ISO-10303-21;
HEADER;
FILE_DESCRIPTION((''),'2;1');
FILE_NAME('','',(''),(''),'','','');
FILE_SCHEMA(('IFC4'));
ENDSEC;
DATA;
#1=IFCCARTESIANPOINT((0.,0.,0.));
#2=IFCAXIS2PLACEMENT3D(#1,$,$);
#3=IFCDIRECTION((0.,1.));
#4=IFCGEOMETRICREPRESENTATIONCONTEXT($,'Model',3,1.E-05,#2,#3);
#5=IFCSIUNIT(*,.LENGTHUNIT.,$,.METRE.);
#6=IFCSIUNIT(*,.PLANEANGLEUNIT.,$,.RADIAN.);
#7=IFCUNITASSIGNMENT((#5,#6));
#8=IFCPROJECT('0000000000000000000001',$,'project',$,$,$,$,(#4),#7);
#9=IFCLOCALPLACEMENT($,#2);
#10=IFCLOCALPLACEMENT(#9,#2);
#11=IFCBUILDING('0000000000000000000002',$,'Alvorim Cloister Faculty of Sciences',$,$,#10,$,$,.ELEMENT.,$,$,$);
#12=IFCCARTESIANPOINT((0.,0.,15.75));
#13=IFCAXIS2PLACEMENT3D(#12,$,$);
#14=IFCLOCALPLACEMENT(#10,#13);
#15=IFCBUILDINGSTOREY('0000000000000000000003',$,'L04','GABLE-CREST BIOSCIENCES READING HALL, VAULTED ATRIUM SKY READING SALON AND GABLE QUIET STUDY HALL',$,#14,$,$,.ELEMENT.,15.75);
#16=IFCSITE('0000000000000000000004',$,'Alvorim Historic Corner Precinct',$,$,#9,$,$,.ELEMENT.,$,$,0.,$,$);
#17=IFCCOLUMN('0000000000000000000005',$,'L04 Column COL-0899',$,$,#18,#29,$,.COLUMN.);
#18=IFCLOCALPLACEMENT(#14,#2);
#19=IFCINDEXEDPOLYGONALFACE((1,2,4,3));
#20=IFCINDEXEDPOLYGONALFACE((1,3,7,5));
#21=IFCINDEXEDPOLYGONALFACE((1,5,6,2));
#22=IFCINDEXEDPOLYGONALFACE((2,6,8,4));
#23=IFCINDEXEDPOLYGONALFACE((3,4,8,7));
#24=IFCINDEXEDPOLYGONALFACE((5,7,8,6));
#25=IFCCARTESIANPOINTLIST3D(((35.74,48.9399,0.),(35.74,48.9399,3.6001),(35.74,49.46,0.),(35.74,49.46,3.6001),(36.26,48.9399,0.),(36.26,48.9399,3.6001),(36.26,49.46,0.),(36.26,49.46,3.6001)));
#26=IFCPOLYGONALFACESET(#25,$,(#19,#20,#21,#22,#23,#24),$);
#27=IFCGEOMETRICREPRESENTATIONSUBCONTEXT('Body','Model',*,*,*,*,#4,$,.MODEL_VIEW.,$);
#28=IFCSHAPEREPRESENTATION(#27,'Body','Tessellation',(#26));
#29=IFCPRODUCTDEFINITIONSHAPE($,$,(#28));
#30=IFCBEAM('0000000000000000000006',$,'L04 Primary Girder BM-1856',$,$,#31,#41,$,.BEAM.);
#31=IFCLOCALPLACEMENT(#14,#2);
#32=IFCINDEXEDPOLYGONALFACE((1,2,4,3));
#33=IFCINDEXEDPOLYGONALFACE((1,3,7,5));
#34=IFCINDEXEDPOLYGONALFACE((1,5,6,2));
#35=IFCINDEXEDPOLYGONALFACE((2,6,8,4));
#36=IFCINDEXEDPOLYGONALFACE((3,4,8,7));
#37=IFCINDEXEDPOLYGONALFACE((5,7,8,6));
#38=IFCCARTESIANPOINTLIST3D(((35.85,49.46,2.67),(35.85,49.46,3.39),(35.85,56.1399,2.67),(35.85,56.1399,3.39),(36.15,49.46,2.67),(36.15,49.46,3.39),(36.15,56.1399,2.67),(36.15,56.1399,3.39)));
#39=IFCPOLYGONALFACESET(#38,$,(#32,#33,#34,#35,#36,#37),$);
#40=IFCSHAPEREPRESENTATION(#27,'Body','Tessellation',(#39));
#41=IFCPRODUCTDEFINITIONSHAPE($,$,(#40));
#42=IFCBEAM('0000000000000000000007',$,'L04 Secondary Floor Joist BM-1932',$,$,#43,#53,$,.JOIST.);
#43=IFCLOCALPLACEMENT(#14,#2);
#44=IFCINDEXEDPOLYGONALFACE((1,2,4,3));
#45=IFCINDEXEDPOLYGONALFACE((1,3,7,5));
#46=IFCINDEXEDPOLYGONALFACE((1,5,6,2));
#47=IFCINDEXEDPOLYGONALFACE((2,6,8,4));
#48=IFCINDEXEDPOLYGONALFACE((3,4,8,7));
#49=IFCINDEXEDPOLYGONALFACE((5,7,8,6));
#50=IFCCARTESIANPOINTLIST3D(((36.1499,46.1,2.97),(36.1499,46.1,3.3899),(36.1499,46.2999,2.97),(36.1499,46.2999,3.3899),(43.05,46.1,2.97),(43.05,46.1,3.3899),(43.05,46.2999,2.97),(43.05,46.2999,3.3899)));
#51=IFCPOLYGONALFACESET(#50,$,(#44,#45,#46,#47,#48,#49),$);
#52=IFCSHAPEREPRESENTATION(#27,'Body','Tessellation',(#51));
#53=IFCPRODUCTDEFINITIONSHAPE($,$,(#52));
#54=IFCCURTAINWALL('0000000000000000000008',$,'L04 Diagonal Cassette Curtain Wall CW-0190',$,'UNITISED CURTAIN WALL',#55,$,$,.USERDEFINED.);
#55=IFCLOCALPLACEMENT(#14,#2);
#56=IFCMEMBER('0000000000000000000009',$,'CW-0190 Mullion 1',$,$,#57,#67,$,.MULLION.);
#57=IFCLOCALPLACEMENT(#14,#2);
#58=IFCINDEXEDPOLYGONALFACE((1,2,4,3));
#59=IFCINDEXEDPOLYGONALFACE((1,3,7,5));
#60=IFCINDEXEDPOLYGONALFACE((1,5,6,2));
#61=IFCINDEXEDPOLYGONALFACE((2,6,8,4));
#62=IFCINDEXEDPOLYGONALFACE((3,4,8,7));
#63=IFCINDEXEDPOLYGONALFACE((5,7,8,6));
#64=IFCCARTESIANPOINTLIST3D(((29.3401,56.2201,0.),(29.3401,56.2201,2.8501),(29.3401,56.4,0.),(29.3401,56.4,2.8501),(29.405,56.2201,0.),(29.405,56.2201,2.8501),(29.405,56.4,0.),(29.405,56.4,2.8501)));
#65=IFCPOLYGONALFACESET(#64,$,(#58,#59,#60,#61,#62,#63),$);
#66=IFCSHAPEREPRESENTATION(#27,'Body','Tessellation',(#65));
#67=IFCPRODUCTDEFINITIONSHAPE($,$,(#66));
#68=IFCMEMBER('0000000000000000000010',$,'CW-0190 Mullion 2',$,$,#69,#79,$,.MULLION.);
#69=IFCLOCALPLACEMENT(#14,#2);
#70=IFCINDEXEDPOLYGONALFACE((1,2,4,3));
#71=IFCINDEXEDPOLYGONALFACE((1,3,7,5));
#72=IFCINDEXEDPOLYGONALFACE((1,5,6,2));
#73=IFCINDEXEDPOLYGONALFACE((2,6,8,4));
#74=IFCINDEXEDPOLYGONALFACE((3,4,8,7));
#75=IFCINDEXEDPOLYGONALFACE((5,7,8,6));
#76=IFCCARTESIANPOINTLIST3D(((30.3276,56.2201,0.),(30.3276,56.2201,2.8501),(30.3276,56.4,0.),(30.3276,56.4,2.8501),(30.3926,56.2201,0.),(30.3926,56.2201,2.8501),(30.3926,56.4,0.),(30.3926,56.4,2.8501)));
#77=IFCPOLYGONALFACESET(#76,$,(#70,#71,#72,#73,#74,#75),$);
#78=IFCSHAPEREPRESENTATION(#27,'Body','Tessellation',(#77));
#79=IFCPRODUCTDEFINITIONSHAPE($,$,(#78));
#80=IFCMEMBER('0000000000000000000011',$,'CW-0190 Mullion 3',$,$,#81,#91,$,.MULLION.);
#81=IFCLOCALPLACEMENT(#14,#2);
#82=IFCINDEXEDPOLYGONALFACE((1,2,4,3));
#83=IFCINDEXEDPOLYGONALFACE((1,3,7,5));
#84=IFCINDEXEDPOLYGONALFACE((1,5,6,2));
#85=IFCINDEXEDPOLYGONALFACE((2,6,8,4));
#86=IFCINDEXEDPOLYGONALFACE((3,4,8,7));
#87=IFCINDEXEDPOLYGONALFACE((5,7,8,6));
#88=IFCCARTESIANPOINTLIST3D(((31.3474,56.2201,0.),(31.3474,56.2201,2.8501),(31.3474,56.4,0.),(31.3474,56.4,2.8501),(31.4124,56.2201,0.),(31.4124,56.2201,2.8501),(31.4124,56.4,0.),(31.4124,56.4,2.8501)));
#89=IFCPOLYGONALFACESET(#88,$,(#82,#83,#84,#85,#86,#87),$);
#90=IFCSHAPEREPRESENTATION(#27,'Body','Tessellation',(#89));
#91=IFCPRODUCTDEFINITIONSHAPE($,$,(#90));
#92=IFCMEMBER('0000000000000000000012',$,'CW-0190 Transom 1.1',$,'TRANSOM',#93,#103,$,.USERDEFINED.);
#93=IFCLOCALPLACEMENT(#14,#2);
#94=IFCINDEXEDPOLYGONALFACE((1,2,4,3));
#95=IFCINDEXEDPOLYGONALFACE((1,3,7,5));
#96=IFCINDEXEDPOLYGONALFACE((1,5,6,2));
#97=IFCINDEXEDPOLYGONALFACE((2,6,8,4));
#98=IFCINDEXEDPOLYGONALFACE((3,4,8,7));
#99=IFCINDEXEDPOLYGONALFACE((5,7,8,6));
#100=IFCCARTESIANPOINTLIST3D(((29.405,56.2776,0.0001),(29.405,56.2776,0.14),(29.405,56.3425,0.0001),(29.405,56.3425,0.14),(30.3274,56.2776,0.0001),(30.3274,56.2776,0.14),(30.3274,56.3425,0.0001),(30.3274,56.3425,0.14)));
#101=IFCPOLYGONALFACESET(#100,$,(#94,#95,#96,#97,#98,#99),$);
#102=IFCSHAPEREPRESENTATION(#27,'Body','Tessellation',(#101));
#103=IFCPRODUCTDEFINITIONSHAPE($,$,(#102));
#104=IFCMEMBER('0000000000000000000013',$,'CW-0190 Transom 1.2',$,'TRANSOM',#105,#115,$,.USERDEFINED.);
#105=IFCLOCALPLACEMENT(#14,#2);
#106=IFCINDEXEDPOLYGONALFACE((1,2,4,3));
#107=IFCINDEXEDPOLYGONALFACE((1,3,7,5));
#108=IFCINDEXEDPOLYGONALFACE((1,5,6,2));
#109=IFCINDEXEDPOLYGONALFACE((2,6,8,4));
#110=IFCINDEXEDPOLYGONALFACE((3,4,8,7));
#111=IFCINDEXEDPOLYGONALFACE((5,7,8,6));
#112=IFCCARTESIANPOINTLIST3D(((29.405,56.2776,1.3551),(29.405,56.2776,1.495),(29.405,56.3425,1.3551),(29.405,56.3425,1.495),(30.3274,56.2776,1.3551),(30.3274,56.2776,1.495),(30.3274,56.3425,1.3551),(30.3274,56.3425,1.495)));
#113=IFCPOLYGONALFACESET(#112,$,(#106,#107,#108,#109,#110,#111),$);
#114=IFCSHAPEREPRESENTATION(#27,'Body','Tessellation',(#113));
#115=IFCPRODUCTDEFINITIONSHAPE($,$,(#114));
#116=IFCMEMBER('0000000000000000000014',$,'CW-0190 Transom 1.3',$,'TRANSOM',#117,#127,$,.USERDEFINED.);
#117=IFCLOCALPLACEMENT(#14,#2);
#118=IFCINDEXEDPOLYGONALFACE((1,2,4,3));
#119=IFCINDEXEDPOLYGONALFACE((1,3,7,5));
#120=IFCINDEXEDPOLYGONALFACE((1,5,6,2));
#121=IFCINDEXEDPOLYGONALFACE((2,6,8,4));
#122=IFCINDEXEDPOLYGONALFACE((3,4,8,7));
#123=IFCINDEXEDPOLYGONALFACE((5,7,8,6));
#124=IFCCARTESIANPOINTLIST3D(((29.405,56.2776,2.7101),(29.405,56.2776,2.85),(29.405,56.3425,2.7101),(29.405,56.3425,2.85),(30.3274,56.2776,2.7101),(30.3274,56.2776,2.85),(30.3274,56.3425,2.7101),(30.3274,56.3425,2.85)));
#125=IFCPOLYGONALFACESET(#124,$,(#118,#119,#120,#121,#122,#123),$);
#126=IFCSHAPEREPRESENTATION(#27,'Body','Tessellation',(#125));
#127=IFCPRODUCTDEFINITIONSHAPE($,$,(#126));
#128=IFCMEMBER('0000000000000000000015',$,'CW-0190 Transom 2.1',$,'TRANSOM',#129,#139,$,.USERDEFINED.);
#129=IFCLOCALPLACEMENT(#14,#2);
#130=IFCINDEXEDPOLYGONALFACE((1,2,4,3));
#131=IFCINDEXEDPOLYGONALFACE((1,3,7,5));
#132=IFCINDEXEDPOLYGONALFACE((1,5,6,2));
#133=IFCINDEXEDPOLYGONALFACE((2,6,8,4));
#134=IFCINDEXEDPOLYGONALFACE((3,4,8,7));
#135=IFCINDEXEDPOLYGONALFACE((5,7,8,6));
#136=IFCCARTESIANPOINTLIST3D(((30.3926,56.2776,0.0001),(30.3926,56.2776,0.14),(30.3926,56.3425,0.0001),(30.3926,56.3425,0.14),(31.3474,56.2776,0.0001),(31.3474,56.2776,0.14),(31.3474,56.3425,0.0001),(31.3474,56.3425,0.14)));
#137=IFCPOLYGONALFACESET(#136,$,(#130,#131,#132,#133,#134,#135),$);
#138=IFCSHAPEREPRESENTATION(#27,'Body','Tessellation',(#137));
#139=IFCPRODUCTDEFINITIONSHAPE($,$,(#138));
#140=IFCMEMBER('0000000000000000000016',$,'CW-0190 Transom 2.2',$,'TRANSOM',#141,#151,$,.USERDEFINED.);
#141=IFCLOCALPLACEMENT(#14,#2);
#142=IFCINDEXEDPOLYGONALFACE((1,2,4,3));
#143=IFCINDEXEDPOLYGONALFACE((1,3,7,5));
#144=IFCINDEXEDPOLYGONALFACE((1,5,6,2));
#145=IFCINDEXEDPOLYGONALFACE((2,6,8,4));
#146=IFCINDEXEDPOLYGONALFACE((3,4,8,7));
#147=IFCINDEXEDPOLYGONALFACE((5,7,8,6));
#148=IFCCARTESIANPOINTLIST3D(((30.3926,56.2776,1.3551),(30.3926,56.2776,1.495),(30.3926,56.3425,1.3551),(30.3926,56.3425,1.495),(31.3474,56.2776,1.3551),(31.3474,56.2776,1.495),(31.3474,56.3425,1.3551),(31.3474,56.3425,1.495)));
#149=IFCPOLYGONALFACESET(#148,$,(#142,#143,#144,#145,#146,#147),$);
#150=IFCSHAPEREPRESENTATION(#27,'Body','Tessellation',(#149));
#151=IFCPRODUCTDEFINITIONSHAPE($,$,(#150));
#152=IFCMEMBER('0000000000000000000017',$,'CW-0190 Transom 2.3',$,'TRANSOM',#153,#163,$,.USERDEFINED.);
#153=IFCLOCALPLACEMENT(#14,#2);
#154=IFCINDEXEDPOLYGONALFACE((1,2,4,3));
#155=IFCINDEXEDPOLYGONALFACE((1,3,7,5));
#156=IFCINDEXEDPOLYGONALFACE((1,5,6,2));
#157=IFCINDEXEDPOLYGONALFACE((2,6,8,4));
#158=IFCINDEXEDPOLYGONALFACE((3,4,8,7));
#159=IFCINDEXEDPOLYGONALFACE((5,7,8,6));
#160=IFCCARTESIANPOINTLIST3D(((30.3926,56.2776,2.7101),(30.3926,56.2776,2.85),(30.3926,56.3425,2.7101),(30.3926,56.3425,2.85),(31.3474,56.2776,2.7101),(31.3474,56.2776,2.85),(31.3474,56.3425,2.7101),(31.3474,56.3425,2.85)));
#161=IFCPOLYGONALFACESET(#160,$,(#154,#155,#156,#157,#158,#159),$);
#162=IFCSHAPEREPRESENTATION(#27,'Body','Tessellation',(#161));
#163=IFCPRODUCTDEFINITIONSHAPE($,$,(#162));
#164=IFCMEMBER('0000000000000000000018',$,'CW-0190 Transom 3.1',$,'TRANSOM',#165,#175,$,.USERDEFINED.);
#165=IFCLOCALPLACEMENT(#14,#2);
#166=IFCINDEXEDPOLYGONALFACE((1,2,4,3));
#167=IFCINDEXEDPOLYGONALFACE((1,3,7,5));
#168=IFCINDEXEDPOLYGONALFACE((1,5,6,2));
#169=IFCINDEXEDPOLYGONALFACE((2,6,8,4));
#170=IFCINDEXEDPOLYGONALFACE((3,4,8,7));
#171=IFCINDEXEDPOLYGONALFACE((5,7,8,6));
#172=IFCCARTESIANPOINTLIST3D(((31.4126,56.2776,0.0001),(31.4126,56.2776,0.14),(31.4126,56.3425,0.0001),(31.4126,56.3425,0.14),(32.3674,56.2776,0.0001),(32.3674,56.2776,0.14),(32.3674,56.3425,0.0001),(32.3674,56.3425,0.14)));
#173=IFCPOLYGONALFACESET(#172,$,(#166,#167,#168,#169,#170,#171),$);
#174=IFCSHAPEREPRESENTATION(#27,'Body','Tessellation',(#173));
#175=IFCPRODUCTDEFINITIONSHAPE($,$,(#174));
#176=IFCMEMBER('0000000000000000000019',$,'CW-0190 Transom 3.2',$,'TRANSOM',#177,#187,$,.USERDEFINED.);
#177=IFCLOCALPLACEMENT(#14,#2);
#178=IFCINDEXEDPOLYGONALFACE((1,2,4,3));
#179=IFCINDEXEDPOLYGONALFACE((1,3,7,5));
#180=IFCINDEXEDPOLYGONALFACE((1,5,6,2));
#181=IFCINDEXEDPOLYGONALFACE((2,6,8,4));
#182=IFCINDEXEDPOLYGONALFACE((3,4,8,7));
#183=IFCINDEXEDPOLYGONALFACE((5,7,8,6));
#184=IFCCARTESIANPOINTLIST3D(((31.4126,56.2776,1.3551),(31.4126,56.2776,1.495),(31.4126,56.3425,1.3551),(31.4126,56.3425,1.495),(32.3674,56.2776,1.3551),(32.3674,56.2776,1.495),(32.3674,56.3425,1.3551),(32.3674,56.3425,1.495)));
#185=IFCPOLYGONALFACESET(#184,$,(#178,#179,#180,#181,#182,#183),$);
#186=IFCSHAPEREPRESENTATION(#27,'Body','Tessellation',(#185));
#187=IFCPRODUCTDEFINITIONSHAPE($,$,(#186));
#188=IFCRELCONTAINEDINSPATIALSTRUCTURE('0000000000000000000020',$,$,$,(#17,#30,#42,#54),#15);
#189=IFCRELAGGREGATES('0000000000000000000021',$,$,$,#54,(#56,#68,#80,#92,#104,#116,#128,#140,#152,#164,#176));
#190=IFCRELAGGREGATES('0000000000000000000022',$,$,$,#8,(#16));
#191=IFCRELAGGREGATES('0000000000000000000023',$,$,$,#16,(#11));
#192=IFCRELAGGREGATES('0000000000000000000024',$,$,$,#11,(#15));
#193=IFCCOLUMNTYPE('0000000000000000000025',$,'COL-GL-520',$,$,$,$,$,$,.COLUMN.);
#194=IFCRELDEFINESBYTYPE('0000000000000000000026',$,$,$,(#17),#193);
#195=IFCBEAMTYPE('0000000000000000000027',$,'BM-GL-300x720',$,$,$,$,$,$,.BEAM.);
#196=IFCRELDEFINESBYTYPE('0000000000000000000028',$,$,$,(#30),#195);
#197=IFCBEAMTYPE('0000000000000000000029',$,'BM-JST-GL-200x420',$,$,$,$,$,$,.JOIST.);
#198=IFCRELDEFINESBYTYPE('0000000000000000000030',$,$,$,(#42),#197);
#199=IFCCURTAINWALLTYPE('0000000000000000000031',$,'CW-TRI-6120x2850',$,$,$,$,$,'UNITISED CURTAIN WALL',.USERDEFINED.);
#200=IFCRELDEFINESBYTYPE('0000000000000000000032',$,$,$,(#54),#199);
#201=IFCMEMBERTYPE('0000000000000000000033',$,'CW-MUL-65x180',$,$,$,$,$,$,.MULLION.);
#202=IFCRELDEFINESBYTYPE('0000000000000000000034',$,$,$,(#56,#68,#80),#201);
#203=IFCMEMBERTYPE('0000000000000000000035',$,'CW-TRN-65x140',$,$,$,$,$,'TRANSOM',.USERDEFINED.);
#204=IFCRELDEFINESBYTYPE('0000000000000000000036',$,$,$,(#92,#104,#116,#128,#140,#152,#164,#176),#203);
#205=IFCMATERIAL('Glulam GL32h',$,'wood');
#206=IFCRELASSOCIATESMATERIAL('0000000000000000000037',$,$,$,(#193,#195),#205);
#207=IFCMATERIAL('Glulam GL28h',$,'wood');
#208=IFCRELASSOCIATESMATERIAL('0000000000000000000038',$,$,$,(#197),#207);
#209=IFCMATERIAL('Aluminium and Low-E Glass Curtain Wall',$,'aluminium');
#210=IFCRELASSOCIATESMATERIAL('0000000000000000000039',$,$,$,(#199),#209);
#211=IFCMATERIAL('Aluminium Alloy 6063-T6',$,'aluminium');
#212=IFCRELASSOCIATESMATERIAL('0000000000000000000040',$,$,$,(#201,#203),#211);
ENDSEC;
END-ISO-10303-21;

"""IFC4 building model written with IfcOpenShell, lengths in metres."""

from ifc_helpers import new_model, si_unit, direction, frame, origin, origin_2d, place, context, subcontext, project, spatial, rectangle, extrude, material, material_profile, profile_set, type_object, element, aggregate, save


model = new_model("IFC4")

# Units and contexts
model_context = context("Model", 3, precision=1e-05, world=origin(), true_north=direction((0.0, 1.0)))
body_context = subcontext(model_context, "Body", "Model", "MODEL_VIEW")
ifc_project = project(units=[si_unit("LENGTHUNIT", "METRE"), si_unit("PLANEANGLEUNIT", "RADIAN")], contexts=[model_context])

# Site, building, storey
site_placement = place(None, origin())
site = spatial("IfcSite", under=ifc_project, at=site_placement, Name="Alvorim Historic Corner Precinct", CompositionType="ELEMENT", RefElevation=0.0)
building_placement = place(site_placement, origin())
building = spatial("IfcBuilding", under=site, at=building_placement, Name="Alvorim Cloister Faculty of Sciences", CompositionType="ELEMENT")
storey_placement = place(building_placement, frame((0.0, 0.0, 15.75)))
storey = spatial("IfcBuildingStorey", under=building, at=storey_placement, Name="L04", Description="GABLE-CREST BIOSCIENCES READING HALL, VAULTED ATRIUM SKY READING SALON AND GABLE QUIET STUDY HALL", CompositionType="ELEMENT", Elevation=15.75)

# Column
ifc_material_1 = material(Name="Glulam GL32h", Category="wood")
ifc_material_profile_1 = material_profile(ifc_material_1, rectangle(XDim=0.52, YDim=0.52, at=origin_2d()), Name="GL32-COL-520x520")
ifc_profile_set_1 = profile_set([ifc_material_profile_1], Name="Glulam GL32h")
column_type = type_object("IfcColumnType", Name="COL-GL-520", PredefinedType="COLUMN", material=ifc_profile_set_1)
column_placement = place(storey_placement, frame((36.0, 49.2, 0.0), z_axis=(0.0, 0.0, 1.0), x_axis=(1.0, 0.0, 0.0)))
element("IfcColumn", 1, at=column_placement, inside=storey, type_object=column_type, Name="L04 Column COL-0899", PredefinedType="COLUMN", context=body_context, shape_type="SweptSolid", body=[
    extrude(rectangle(XDim=0.52, YDim=0.52, at=origin_2d()), origin(), (0.0, 0.0, 1.0), 3.6001),
])

# Beams
ifc_material_profile_2 = material_profile(ifc_material_1, rectangle(XDim=0.3, YDim=0.72, at=origin_2d()), Name="GL32-BM-300x720")
ifc_profile_set_2 = profile_set([ifc_material_profile_2], Name="Glulam GL32h")
beam_type_1 = type_object("IfcBeamType", Name="BM-GL-300x720", PredefinedType="BEAM", material=ifc_profile_set_2)
beam_1_placement = place(storey_placement, frame((36.0, 49.46, 3.03), z_axis=(0.0, 1.0, 0.0), x_axis=(-1.0, 0.0, 0.0)))
element("IfcBeam", 2, at=beam_1_placement, inside=storey, type_object=beam_type_1, Name="L04 Primary Girder BM-1856", PredefinedType="BEAM", context=body_context, shape_type="SweptSolid", body=[
    extrude(rectangle(XDim=0.3, YDim=0.72, at=origin_2d()), origin(), (0.0, 0.0, 1.0), 6.6799),
])
ifc_material_2 = material(Name="Glulam GL28h", Category="wood")
ifc_material_profile_3 = material_profile(ifc_material_2, rectangle(XDim=0.2, YDim=0.4199, at=origin_2d()), Name="GL28-JST-200x420")
ifc_profile_set_3 = profile_set([ifc_material_profile_3], Name="Glulam GL28h")
beam_type_2 = type_object("IfcBeamType", Name="BM-JST-GL-200x420", PredefinedType="JOIST", material=ifc_profile_set_3)
beam_2_placement = place(storey_placement, frame((36.1499, 46.2, 3.1799), z_axis=(1.0, 0.0, 0.0), x_axis=(0.0, 1.0, 0.0)))
element("IfcBeam", 3, at=beam_2_placement, inside=storey, type_object=beam_type_2, Name="L04 Secondary Floor Joist BM-1932", PredefinedType="JOIST", context=body_context, shape_type="SweptSolid", body=[
    extrude(rectangle(XDim=0.2, YDim=0.4199, at=origin_2d()), origin(), (0.0, 0.0, 1.0), 6.9001),
])

# Curtain wall, members
ifc_material_3 = material(Name="Aluminium and Low-E Glass Curtain Wall", Category="aluminium")
curtain_wall_type = type_object("IfcCurtainWallType", Name="CW-TRI-6120x2850", ElementType="UNITISED CURTAIN WALL", PredefinedType="USERDEFINED", material=ifc_material_3)
curtain_wall_placement = place(storey_placement, origin())
curtain_wall = element("IfcCurtainWall", 4, at=curtain_wall_placement, inside=storey, type_object=curtain_wall_type, Name="L04 Diagonal Cassette Curtain Wall CW-0190", ObjectType="UNITISED CURTAIN WALL", PredefinedType="USERDEFINED")
ifc_material_4 = material(Name="Aluminium Alloy 6063-T6", Category="aluminium")
ifc_material_profile_4 = material_profile(ifc_material_4, rectangle(XDim=0.0649, YDim=0.1799, at=origin_2d()), Name="ALU-MUL-65x180")
ifc_profile_set_4 = profile_set([ifc_material_profile_4], Name="Aluminium Alloy 6063-T6")
member_type_1 = type_object("IfcMemberType", Name="CW-MUL-65x180", PredefinedType="MULLION", material=ifc_profile_set_4)
member_1_placement = place(storey_placement, frame((29.3726, 56.3101, 0.0), z_axis=(0.0, 0.0, 1.0), x_axis=(1.0, 0.0, 0.0)))
member_1 = element("IfcMember", 5, at=member_1_placement, type_object=member_type_1, Name="CW-0190 Mullion 1", PredefinedType="MULLION", context=body_context, shape_type="SweptSolid", body=[
    extrude(rectangle(XDim=0.0649, YDim=0.1799, at=origin_2d()), origin(), (0.0, 0.0, 1.0), 2.8501),
])
member_2_placement = place(storey_placement, frame((30.3601, 56.3101, 0.0), z_axis=(0.0, 0.0, 1.0), x_axis=(1.0, 0.0, 0.0)))
member_2 = element("IfcMember", 6, at=member_2_placement, type_object=member_type_1, Name="CW-0190 Mullion 2", PredefinedType="MULLION", context=body_context, shape_type="SweptSolid", body=[
    extrude(rectangle(XDim=0.0649, YDim=0.1799, at=origin_2d()), origin(), (0.0, 0.0, 1.0), 2.8501),
])
member_3_placement = place(storey_placement, frame((31.3799, 56.3101, 0.0), z_axis=(0.0, 0.0, 1.0), x_axis=(1.0, 0.0, 0.0)))
member_3 = element("IfcMember", 7, at=member_3_placement, type_object=member_type_1, Name="CW-0190 Mullion 3", PredefinedType="MULLION", context=body_context, shape_type="SweptSolid", body=[
    extrude(rectangle(XDim=0.0649, YDim=0.1799, at=origin_2d()), origin(), (0.0, 0.0, 1.0), 2.8501),
])
ifc_material_profile_5 = material_profile(ifc_material_4, rectangle(XDim=0.0649, YDim=0.1399, at=origin_2d()), Name="ALU-TRN-65x140")
ifc_profile_set_5 = profile_set([ifc_material_profile_5], Name="Aluminium Alloy 6063-T6")
member_type_2 = type_object("IfcMemberType", Name="CW-TRN-65x140", ElementType="TRANSOM", PredefinedType="USERDEFINED", material=ifc_profile_set_5)
member_4_placement = place(storey_placement, frame((29.405, 56.3101, 0.0701), z_axis=(1.0, 0.0, 0.0), x_axis=(0.0, 1.0, 0.0)))
member_4 = element("IfcMember", 8, at=member_4_placement, type_object=member_type_2, Name="CW-0190 Transom 1.1", ObjectType="TRANSOM", PredefinedType="USERDEFINED", context=body_context, shape_type="SweptSolid", body=[
    extrude(rectangle(XDim=0.0649, YDim=0.1399, at=origin_2d()), origin(), (0.0, 0.0, 1.0), 0.9224),
])
member_5_placement = place(storey_placement, frame((29.405, 56.3101, 1.425), z_axis=(1.0, 0.0, 0.0), x_axis=(0.0, 1.0, 0.0)))
member_5 = element("IfcMember", 9, at=member_5_placement, type_object=member_type_2, Name="CW-0190 Transom 1.2", ObjectType="TRANSOM", PredefinedType="USERDEFINED", context=body_context, shape_type="SweptSolid", body=[
    extrude(rectangle(XDim=0.0649, YDim=0.1399, at=origin_2d()), origin(), (0.0, 0.0, 1.0), 0.9224),
])
member_6_placement = place(storey_placement, frame((29.405, 56.3101, 2.78), z_axis=(1.0, 0.0, 0.0), x_axis=(0.0, 1.0, 0.0)))
member_6 = element("IfcMember", 10, at=member_6_placement, type_object=member_type_2, Name="CW-0190 Transom 1.3", ObjectType="TRANSOM", PredefinedType="USERDEFINED", context=body_context, shape_type="SweptSolid", body=[
    extrude(rectangle(XDim=0.0649, YDim=0.1399, at=origin_2d()), origin(), (0.0, 0.0, 1.0), 0.9224),
])
member_7_placement = place(storey_placement, frame((30.3926, 56.3101, 0.0701), z_axis=(1.0, 0.0, 0.0), x_axis=(0.0, 1.0, 0.0)))
member_7 = element("IfcMember", 11, at=member_7_placement, type_object=member_type_2, Name="CW-0190 Transom 2.1", ObjectType="TRANSOM", PredefinedType="USERDEFINED", context=body_context, shape_type="SweptSolid", body=[
    extrude(rectangle(XDim=0.0649, YDim=0.1399, at=origin_2d()), origin(), (0.0, 0.0, 1.0), 0.9548),
])
member_8_placement = place(storey_placement, frame((30.3926, 56.3101, 1.425), z_axis=(1.0, 0.0, 0.0), x_axis=(0.0, 1.0, 0.0)))
member_8 = element("IfcMember", 12, at=member_8_placement, type_object=member_type_2, Name="CW-0190 Transom 2.2", ObjectType="TRANSOM", PredefinedType="USERDEFINED", context=body_context, shape_type="SweptSolid", body=[
    extrude(rectangle(XDim=0.0649, YDim=0.1399, at=origin_2d()), origin(), (0.0, 0.0, 1.0), 0.9548),
])
member_9_placement = place(storey_placement, frame((30.3926, 56.3101, 2.78), z_axis=(1.0, 0.0, 0.0), x_axis=(0.0, 1.0, 0.0)))
member_9 = element("IfcMember", 13, at=member_9_placement, type_object=member_type_2, Name="CW-0190 Transom 2.3", ObjectType="TRANSOM", PredefinedType="USERDEFINED", context=body_context, shape_type="SweptSolid", body=[
    extrude(rectangle(XDim=0.0649, YDim=0.1399, at=origin_2d()), origin(), (0.0, 0.0, 1.0), 0.9548),
])
member_10_placement = place(storey_placement, frame((31.4126, 56.3101, 0.0701), z_axis=(1.0, 0.0, 0.0), x_axis=(0.0, 1.0, 0.0)))
member_10 = element("IfcMember", 14, at=member_10_placement, type_object=member_type_2, Name="CW-0190 Transom 3.1", ObjectType="TRANSOM", PredefinedType="USERDEFINED", context=body_context, shape_type="SweptSolid", body=[
    extrude(rectangle(XDim=0.0649, YDim=0.1399, at=origin_2d()), origin(), (0.0, 0.0, 1.0), 0.9548),
])
member_11_placement = place(storey_placement, frame((31.4126, 56.3101, 1.425), z_axis=(1.0, 0.0, 0.0), x_axis=(0.0, 1.0, 0.0)))
member_11 = element("IfcMember", 15, at=member_11_placement, type_object=member_type_2, Name="CW-0190 Transom 3.2", ObjectType="TRANSOM", PredefinedType="USERDEFINED", context=body_context, shape_type="SweptSolid", body=[
    extrude(rectangle(XDim=0.0649, YDim=0.1399, at=origin_2d()), origin(), (0.0, 0.0, 1.0), 0.9548),
])
aggregate(curtain_wall, [member_1, member_2, member_3, member_4, member_5, member_6, member_7, member_8, member_9, member_10, member_11])

save(model, "model.ifc")
